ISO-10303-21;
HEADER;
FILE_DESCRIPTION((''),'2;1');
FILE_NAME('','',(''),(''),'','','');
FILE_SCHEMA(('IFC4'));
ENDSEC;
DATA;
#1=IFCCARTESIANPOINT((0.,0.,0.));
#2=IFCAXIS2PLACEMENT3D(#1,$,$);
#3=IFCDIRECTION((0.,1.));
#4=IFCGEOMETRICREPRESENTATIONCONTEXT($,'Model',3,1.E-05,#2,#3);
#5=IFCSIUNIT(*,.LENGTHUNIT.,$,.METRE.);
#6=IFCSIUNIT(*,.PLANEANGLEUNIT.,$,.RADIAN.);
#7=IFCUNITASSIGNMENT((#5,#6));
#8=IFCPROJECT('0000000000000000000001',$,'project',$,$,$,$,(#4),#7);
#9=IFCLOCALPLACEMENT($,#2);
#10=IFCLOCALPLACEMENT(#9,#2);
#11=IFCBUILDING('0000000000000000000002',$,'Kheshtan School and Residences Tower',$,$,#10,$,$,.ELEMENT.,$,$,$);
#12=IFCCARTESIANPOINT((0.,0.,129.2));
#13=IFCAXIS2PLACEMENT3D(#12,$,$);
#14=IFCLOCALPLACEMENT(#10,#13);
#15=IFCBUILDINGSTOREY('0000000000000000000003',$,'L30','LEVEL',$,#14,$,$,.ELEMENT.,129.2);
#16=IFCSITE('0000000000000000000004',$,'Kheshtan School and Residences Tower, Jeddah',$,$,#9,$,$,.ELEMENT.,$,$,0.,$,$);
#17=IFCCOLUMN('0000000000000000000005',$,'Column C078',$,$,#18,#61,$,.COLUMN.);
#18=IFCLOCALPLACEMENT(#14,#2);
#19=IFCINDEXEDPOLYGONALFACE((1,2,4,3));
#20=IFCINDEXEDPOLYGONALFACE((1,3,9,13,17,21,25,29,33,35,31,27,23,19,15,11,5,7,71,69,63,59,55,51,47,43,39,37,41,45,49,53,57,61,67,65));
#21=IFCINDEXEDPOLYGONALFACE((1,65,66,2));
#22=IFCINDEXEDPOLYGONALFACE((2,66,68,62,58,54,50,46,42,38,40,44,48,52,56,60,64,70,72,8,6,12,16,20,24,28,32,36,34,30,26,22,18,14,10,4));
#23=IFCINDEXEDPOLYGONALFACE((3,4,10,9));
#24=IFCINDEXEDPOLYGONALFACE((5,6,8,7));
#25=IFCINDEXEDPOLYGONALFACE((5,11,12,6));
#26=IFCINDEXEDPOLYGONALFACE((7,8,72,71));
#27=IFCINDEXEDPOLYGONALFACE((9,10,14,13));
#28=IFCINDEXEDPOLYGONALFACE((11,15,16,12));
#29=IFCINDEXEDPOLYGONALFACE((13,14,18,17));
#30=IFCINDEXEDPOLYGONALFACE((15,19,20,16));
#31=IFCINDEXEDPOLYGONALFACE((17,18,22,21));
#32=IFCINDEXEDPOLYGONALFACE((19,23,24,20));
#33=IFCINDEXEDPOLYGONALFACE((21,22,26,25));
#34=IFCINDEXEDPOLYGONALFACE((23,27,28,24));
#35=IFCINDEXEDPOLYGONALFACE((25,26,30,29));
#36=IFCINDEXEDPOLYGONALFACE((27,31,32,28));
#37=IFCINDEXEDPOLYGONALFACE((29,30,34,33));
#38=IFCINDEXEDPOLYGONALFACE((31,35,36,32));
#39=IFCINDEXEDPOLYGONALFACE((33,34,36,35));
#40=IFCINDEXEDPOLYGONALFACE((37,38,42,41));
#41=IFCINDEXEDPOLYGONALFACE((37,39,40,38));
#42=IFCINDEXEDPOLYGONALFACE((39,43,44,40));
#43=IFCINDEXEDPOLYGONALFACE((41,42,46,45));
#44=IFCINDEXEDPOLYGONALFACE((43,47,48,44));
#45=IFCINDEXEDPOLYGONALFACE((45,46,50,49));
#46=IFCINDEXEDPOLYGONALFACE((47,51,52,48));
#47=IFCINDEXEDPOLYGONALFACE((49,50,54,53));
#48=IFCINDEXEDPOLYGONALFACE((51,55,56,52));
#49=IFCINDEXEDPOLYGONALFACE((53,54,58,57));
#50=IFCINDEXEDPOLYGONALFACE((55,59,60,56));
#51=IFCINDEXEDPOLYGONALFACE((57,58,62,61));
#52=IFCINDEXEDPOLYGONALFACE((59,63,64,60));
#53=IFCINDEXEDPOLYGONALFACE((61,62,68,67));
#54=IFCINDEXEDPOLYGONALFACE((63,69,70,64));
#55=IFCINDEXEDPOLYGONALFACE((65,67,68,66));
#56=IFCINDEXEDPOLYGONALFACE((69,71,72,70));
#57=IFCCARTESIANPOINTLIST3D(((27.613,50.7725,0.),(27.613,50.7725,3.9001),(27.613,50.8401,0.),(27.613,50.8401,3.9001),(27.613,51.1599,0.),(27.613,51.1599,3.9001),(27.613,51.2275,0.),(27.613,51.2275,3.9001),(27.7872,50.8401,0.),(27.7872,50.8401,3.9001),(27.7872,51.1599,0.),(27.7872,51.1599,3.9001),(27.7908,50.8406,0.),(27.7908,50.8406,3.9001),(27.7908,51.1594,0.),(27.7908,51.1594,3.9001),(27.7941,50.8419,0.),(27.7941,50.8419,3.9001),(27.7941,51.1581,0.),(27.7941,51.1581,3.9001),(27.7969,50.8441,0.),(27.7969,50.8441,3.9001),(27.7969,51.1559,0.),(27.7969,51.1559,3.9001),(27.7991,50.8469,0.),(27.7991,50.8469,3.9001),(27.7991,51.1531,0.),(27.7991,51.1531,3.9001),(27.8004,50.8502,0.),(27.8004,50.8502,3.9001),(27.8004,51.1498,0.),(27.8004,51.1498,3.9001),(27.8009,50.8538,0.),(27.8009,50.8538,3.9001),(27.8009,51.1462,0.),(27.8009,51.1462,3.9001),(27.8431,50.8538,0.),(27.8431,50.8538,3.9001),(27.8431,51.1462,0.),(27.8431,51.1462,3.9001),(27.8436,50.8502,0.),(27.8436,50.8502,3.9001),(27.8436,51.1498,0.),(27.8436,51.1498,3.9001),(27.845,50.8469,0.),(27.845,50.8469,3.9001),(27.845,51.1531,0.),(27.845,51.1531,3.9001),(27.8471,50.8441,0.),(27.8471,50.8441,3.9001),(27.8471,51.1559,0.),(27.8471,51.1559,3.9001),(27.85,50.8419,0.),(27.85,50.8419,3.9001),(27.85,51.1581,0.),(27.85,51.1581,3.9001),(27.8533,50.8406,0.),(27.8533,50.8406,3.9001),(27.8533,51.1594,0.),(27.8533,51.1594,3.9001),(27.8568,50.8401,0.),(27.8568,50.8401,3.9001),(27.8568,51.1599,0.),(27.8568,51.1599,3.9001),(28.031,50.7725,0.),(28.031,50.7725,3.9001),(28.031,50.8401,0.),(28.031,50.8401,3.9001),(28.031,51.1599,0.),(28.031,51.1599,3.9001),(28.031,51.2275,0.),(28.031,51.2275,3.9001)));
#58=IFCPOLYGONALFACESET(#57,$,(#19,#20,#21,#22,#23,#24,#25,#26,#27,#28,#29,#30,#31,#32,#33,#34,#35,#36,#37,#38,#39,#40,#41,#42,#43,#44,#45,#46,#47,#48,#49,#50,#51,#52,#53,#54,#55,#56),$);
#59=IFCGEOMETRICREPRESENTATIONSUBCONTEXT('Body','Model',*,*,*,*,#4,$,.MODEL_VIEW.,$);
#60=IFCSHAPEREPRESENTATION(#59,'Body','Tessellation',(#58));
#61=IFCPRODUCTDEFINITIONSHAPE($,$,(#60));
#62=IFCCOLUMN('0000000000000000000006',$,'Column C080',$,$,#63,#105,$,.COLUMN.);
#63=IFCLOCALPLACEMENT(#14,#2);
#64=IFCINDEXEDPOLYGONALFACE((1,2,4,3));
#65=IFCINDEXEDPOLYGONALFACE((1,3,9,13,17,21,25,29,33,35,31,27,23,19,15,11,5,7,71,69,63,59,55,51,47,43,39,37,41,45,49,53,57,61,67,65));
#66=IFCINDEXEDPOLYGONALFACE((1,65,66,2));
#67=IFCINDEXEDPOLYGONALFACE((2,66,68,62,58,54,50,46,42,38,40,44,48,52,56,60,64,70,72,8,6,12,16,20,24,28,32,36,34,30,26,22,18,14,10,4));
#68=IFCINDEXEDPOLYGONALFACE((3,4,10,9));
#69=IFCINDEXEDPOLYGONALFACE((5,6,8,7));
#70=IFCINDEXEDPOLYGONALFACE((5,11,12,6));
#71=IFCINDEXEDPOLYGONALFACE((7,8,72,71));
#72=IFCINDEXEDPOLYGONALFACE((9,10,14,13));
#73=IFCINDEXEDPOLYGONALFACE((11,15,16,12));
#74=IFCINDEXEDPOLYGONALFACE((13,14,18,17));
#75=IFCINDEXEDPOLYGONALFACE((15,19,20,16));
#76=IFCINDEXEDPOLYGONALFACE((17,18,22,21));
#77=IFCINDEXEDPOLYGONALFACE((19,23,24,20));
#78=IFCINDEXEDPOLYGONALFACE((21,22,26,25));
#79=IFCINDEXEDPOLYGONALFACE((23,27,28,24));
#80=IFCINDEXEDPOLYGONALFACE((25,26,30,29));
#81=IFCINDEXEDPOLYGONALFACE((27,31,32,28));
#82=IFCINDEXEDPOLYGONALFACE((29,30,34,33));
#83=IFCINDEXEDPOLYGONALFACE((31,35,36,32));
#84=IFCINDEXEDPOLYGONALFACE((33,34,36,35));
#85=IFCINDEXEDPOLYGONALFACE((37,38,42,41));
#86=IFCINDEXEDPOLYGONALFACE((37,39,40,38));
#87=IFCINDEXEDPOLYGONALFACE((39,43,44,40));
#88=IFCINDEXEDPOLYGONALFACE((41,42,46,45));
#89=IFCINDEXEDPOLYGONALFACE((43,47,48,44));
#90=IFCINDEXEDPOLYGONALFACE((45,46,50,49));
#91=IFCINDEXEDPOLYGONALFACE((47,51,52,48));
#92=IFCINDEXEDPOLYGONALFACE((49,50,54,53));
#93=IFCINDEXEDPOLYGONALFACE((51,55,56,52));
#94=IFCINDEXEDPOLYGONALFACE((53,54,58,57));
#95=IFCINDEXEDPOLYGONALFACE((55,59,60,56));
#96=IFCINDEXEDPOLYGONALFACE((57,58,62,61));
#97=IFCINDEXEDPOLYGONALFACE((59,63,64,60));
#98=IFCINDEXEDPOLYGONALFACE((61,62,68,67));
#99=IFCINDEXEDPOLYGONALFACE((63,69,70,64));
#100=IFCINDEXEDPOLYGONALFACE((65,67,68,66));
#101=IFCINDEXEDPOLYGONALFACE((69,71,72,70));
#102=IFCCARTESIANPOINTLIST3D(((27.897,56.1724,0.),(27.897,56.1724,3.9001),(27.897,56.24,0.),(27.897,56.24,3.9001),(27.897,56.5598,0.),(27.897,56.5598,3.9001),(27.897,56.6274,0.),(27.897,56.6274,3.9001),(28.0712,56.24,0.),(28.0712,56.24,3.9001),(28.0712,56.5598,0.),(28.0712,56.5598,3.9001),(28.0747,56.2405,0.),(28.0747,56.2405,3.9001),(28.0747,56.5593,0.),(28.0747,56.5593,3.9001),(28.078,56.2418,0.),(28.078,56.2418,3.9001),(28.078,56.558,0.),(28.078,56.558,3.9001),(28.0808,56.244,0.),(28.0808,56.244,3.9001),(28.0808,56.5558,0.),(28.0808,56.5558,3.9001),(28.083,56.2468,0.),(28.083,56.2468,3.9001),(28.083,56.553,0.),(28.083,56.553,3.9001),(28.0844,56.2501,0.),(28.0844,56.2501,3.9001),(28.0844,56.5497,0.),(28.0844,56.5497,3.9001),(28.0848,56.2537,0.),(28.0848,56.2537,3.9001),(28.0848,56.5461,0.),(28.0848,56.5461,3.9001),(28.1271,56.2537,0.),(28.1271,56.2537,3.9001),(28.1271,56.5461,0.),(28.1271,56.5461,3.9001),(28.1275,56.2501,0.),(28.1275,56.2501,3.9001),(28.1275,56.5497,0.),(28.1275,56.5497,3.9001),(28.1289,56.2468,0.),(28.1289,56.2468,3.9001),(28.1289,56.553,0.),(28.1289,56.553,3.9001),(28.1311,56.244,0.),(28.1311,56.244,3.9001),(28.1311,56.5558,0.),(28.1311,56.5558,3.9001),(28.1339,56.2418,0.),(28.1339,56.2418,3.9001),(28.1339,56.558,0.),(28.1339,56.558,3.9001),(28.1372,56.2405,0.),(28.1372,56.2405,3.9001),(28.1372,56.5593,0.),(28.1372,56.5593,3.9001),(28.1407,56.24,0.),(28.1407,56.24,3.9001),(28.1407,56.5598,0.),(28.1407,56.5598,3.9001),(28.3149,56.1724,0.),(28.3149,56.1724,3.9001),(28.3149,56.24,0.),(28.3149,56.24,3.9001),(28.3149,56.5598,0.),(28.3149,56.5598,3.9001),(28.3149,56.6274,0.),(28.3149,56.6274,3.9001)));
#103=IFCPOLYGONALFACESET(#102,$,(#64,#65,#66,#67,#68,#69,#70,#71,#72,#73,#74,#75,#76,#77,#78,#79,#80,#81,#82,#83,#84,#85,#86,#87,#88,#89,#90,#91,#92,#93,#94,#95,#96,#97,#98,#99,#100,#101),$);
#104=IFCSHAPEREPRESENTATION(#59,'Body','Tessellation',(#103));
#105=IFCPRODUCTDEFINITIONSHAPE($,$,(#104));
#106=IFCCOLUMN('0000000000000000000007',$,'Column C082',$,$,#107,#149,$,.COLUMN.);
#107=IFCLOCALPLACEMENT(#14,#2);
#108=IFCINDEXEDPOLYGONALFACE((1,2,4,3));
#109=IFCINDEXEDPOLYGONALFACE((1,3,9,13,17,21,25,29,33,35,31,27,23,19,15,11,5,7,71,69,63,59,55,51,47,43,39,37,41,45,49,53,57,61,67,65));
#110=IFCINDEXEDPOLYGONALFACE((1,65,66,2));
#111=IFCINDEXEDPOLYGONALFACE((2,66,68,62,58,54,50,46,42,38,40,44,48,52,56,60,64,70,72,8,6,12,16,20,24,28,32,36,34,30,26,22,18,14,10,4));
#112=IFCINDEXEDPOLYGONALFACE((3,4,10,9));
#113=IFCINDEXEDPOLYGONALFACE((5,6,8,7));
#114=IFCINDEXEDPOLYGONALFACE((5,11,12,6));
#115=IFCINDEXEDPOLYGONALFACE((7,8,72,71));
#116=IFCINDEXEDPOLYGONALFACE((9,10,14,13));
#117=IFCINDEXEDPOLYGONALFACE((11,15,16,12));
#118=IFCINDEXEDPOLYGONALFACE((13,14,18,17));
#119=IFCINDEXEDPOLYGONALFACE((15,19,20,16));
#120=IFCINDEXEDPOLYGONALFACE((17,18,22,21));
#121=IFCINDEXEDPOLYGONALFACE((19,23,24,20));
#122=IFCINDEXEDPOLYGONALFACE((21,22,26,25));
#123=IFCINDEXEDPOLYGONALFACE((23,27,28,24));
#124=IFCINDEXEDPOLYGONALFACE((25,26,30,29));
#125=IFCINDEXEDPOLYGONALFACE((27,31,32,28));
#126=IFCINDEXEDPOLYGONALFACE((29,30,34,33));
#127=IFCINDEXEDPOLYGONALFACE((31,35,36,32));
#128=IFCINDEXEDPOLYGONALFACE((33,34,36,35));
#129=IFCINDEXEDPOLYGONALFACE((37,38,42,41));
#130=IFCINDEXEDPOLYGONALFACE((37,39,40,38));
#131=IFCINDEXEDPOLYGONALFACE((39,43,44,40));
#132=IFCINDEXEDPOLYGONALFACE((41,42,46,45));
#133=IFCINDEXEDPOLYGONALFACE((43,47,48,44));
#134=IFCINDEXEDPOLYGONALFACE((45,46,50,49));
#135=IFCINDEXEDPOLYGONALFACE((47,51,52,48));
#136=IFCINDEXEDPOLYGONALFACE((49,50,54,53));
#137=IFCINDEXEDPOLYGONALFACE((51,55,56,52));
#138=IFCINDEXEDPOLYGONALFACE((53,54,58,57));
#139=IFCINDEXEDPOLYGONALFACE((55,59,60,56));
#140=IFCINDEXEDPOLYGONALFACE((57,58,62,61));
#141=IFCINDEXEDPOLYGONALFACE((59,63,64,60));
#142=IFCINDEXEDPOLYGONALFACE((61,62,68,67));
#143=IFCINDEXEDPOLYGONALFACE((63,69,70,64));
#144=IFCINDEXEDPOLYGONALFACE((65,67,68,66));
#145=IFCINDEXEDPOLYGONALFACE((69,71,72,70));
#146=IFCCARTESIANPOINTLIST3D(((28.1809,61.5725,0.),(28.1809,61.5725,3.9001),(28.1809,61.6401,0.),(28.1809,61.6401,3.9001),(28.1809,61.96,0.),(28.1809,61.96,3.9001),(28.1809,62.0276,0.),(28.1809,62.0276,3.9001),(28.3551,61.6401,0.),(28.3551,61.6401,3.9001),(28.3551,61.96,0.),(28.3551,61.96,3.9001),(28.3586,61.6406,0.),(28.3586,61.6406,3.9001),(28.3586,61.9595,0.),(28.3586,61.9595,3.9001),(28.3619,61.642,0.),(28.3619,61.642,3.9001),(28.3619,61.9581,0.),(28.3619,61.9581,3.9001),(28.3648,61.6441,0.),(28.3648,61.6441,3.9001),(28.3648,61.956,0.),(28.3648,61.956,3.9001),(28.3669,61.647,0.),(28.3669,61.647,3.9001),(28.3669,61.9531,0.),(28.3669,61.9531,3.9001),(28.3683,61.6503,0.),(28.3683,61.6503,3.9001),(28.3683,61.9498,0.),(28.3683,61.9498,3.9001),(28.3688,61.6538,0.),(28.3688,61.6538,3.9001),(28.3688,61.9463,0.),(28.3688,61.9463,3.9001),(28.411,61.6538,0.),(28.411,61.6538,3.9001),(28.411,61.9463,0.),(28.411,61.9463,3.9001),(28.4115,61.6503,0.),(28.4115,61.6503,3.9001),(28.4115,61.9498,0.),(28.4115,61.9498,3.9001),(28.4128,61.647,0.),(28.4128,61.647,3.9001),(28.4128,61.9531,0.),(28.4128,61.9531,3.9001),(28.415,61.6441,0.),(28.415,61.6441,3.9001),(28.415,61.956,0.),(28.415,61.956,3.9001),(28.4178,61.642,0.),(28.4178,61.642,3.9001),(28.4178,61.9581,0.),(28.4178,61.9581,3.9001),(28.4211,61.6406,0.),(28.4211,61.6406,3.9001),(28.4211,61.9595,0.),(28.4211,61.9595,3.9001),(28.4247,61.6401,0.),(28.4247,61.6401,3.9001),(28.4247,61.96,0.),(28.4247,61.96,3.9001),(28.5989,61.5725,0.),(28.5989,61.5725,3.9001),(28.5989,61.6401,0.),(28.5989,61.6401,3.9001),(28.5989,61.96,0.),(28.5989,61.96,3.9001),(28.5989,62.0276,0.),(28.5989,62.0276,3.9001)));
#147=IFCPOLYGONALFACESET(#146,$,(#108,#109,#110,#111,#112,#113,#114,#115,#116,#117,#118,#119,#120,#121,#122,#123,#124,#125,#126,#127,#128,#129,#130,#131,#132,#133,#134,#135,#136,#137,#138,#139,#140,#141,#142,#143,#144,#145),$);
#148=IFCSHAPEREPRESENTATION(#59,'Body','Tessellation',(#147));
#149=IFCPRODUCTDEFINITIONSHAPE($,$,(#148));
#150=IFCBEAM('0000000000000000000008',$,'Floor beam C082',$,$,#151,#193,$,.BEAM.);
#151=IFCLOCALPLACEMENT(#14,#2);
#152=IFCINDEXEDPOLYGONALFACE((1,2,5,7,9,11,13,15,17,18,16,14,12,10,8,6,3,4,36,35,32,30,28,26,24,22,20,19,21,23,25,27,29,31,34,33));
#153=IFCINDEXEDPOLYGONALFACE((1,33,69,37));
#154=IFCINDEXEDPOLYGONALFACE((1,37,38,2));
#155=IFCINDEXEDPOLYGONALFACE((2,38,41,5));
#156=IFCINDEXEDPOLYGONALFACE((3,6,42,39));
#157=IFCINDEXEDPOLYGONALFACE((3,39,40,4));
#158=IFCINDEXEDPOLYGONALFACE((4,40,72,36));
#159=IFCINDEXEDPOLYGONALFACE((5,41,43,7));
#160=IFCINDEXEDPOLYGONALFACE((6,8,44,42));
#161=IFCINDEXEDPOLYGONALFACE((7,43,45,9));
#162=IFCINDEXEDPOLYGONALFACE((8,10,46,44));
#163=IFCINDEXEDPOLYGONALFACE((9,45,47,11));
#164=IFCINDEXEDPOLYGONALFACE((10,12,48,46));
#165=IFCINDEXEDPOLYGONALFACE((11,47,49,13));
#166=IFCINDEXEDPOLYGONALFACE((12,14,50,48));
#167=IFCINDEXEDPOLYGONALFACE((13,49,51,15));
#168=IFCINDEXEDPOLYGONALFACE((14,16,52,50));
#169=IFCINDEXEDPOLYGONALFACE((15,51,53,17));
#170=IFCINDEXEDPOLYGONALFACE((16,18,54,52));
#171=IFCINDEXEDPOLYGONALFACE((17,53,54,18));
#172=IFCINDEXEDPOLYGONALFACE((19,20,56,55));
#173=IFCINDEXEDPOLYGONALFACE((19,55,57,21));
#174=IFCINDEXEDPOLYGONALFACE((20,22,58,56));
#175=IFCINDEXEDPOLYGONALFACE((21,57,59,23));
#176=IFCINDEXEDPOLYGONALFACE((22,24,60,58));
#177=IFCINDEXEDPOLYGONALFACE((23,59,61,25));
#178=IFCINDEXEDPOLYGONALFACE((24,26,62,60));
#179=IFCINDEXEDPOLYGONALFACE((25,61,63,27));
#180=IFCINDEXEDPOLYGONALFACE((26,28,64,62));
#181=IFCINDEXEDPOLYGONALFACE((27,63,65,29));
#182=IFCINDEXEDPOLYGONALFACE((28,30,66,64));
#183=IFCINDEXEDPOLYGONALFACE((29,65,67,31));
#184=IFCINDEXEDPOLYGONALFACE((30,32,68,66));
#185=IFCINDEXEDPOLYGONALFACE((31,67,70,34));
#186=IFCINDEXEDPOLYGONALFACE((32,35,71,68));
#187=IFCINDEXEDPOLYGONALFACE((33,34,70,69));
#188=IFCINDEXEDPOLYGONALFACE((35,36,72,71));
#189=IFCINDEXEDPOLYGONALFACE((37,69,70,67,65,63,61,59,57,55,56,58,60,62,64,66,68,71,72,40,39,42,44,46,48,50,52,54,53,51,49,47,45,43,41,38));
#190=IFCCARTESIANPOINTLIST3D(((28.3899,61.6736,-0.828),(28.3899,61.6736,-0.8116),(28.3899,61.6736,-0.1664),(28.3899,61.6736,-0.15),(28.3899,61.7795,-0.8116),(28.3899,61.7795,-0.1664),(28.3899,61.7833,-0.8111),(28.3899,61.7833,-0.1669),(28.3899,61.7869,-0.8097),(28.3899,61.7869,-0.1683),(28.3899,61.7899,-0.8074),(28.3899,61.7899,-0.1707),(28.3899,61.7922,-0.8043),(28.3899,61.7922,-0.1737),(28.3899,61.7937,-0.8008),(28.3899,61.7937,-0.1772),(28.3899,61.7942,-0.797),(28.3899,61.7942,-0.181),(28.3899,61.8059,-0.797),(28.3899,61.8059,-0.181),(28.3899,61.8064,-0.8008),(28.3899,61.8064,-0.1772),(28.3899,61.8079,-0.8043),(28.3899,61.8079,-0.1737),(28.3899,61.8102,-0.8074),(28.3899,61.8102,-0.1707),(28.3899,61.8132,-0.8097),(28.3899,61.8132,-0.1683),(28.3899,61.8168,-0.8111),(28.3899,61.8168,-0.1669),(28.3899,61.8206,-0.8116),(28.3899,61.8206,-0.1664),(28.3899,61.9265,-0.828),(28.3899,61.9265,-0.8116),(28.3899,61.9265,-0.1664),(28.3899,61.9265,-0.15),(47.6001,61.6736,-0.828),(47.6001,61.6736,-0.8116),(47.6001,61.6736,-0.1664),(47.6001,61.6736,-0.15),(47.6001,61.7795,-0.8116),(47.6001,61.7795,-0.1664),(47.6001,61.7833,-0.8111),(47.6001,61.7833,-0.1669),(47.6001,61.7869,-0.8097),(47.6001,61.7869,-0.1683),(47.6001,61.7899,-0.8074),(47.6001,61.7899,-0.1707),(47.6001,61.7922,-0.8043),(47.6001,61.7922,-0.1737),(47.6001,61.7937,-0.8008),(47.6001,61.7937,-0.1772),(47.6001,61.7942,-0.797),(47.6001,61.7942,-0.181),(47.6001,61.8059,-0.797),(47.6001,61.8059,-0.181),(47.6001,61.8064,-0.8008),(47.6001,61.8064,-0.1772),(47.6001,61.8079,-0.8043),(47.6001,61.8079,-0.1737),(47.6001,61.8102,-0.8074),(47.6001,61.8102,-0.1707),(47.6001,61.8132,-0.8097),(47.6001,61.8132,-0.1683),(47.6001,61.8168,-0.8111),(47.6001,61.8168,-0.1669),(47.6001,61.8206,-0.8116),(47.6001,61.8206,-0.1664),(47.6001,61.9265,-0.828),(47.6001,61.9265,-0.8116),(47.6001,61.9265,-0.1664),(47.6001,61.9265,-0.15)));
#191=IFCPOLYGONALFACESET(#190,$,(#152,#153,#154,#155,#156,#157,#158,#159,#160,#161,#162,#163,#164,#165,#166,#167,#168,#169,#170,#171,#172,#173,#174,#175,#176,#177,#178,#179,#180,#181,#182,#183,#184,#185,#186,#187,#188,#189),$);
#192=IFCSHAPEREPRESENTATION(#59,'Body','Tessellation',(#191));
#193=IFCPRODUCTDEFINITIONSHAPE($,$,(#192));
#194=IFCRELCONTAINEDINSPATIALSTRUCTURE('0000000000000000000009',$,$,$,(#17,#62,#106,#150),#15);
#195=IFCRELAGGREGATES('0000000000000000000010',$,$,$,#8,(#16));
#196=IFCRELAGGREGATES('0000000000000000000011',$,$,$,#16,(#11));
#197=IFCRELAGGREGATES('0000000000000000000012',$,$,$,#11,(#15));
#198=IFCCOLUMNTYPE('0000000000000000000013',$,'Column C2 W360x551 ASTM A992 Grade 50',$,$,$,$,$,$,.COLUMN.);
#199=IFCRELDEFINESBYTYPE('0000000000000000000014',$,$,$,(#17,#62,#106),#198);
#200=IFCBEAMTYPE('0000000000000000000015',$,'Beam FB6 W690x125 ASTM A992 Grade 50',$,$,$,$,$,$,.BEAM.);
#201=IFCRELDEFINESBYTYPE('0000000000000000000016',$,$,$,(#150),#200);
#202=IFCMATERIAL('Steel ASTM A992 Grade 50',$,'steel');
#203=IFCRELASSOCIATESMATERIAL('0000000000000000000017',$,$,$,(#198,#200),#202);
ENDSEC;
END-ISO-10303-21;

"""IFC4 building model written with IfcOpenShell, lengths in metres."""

from ifc_helpers import new_model, si_unit, direction, frame, origin, origin_2d, place, context, subcontext, project, spatial, i_section, extrude, material, material_profile, profile_set, type_object, element, save


model = new_model("IFC4")

# Units and contexts
model_context = context("Model", 3, precision=1e-05, world=origin(), true_north=direction((0.0, 1.0)))
body_context = subcontext(model_context, "Body", "Model", "MODEL_VIEW")
ifc_project = project(units=[si_unit("LENGTHUNIT", "METRE"), si_unit("PLANEANGLEUNIT", "RADIAN")], contexts=[model_context])

# Site, building, storey
site_placement = place(None, origin())
site = spatial("IfcSite", under=ifc_project, at=site_placement, Name="Kheshtan School and Residences Tower, Jeddah", CompositionType="ELEMENT", RefElevation=0.0)
building_placement = place(site_placement, origin())
building = spatial("IfcBuilding", under=site, at=building_placement, Name="Kheshtan School and Residences Tower", CompositionType="ELEMENT")
storey_placement = place(building_placement, frame((0.0, 0.0, 129.2)))
storey = spatial("IfcBuildingStorey", under=building, at=storey_placement, Name="L30", Description="LEVEL", CompositionType="ELEMENT", Elevation=129.2)

# Columns
ifc_material_1 = material(Name="Steel ASTM A992 Grade 50", Category="steel")
ifc_material_profile_1 = material_profile(ifc_material_1, i_section(OverallWidth=0.418, OverallDepth=0.4551, WebThickness=0.0422, FlangeThickness=0.0676, FilletRadius=0.0137, at=origin_2d()), Name="W360x551")
ifc_profile_set_1 = profile_set([ifc_material_profile_1], Name="Steel ASTM A992 Grade 50")
column_type = type_object("IfcColumnType", Name="Column C2 W360x551 ASTM A992 Grade 50", PredefinedType="COLUMN", material=ifc_profile_set_1)
for number, where, z_axis, x_axis, name in (
    (1, (27.822, 51.0, 0.0), (0.0, 0.0, 1.0), (1.0, 0.0, 0.0), "Column C078"),
    (2, (28.106, 56.3999, 0.0), (0.0, 0.0, 1.0), (1.0, 0.0, 0.0), "Column C080"),
    (3, (28.3899, 61.8, 0.0), (0.0, 0.0, 1.0), (1.0, 0.0, 0.0), "Column C082"),
):
    element("IfcColumn", number, at=place(storey_placement, frame(where, z_axis=z_axis, x_axis=x_axis)), inside=storey, type_object=column_type, Name=name, PredefinedType="COLUMN", context=body_context, shape_type="SweptSolid", body=[
        extrude(i_section(OverallWidth=0.418, OverallDepth=0.4551, WebThickness=0.0422, FlangeThickness=0.0676, FilletRadius=0.0137, at=origin_2d()), origin(), (0.0, 0.0, 1.0), 3.9001),
    ])

# Beam
ifc_material_profile_2 = material_profile(ifc_material_1, i_section(OverallWidth=0.2529, OverallDepth=0.678, WebThickness=0.0117, FlangeThickness=0.0164, FilletRadius=0.0146, at=origin_2d()), Name="W690x125")
ifc_profile_set_2 = profile_set([ifc_material_profile_2], Name="Steel ASTM A992 Grade 50")
beam_type_1 = type_object("IfcBeamType", Name="Beam FB6 W690x125 ASTM A992 Grade 50", PredefinedType="BEAM", material=ifc_profile_set_2)
beam_1_placement = place(storey_placement, frame((28.3899, 61.8, -0.489), z_axis=(1.0, 0.0, 0.0), x_axis=(0.0, 1.0, 0.0)))
element("IfcBeam", 4, at=beam_1_placement, inside=storey, type_object=beam_type_1, Name="Floor beam C082", PredefinedType="BEAM", context=body_context, shape_type="SweptSolid", body=[
    extrude(i_section(OverallWidth=0.2529, OverallDepth=0.678, WebThickness=0.0117, FlangeThickness=0.0164, FilletRadius=0.0146, at=origin_2d()), origin(), (0.0, 0.0, 1.0), 19.2102),
])

save(model, "model.ifc")
